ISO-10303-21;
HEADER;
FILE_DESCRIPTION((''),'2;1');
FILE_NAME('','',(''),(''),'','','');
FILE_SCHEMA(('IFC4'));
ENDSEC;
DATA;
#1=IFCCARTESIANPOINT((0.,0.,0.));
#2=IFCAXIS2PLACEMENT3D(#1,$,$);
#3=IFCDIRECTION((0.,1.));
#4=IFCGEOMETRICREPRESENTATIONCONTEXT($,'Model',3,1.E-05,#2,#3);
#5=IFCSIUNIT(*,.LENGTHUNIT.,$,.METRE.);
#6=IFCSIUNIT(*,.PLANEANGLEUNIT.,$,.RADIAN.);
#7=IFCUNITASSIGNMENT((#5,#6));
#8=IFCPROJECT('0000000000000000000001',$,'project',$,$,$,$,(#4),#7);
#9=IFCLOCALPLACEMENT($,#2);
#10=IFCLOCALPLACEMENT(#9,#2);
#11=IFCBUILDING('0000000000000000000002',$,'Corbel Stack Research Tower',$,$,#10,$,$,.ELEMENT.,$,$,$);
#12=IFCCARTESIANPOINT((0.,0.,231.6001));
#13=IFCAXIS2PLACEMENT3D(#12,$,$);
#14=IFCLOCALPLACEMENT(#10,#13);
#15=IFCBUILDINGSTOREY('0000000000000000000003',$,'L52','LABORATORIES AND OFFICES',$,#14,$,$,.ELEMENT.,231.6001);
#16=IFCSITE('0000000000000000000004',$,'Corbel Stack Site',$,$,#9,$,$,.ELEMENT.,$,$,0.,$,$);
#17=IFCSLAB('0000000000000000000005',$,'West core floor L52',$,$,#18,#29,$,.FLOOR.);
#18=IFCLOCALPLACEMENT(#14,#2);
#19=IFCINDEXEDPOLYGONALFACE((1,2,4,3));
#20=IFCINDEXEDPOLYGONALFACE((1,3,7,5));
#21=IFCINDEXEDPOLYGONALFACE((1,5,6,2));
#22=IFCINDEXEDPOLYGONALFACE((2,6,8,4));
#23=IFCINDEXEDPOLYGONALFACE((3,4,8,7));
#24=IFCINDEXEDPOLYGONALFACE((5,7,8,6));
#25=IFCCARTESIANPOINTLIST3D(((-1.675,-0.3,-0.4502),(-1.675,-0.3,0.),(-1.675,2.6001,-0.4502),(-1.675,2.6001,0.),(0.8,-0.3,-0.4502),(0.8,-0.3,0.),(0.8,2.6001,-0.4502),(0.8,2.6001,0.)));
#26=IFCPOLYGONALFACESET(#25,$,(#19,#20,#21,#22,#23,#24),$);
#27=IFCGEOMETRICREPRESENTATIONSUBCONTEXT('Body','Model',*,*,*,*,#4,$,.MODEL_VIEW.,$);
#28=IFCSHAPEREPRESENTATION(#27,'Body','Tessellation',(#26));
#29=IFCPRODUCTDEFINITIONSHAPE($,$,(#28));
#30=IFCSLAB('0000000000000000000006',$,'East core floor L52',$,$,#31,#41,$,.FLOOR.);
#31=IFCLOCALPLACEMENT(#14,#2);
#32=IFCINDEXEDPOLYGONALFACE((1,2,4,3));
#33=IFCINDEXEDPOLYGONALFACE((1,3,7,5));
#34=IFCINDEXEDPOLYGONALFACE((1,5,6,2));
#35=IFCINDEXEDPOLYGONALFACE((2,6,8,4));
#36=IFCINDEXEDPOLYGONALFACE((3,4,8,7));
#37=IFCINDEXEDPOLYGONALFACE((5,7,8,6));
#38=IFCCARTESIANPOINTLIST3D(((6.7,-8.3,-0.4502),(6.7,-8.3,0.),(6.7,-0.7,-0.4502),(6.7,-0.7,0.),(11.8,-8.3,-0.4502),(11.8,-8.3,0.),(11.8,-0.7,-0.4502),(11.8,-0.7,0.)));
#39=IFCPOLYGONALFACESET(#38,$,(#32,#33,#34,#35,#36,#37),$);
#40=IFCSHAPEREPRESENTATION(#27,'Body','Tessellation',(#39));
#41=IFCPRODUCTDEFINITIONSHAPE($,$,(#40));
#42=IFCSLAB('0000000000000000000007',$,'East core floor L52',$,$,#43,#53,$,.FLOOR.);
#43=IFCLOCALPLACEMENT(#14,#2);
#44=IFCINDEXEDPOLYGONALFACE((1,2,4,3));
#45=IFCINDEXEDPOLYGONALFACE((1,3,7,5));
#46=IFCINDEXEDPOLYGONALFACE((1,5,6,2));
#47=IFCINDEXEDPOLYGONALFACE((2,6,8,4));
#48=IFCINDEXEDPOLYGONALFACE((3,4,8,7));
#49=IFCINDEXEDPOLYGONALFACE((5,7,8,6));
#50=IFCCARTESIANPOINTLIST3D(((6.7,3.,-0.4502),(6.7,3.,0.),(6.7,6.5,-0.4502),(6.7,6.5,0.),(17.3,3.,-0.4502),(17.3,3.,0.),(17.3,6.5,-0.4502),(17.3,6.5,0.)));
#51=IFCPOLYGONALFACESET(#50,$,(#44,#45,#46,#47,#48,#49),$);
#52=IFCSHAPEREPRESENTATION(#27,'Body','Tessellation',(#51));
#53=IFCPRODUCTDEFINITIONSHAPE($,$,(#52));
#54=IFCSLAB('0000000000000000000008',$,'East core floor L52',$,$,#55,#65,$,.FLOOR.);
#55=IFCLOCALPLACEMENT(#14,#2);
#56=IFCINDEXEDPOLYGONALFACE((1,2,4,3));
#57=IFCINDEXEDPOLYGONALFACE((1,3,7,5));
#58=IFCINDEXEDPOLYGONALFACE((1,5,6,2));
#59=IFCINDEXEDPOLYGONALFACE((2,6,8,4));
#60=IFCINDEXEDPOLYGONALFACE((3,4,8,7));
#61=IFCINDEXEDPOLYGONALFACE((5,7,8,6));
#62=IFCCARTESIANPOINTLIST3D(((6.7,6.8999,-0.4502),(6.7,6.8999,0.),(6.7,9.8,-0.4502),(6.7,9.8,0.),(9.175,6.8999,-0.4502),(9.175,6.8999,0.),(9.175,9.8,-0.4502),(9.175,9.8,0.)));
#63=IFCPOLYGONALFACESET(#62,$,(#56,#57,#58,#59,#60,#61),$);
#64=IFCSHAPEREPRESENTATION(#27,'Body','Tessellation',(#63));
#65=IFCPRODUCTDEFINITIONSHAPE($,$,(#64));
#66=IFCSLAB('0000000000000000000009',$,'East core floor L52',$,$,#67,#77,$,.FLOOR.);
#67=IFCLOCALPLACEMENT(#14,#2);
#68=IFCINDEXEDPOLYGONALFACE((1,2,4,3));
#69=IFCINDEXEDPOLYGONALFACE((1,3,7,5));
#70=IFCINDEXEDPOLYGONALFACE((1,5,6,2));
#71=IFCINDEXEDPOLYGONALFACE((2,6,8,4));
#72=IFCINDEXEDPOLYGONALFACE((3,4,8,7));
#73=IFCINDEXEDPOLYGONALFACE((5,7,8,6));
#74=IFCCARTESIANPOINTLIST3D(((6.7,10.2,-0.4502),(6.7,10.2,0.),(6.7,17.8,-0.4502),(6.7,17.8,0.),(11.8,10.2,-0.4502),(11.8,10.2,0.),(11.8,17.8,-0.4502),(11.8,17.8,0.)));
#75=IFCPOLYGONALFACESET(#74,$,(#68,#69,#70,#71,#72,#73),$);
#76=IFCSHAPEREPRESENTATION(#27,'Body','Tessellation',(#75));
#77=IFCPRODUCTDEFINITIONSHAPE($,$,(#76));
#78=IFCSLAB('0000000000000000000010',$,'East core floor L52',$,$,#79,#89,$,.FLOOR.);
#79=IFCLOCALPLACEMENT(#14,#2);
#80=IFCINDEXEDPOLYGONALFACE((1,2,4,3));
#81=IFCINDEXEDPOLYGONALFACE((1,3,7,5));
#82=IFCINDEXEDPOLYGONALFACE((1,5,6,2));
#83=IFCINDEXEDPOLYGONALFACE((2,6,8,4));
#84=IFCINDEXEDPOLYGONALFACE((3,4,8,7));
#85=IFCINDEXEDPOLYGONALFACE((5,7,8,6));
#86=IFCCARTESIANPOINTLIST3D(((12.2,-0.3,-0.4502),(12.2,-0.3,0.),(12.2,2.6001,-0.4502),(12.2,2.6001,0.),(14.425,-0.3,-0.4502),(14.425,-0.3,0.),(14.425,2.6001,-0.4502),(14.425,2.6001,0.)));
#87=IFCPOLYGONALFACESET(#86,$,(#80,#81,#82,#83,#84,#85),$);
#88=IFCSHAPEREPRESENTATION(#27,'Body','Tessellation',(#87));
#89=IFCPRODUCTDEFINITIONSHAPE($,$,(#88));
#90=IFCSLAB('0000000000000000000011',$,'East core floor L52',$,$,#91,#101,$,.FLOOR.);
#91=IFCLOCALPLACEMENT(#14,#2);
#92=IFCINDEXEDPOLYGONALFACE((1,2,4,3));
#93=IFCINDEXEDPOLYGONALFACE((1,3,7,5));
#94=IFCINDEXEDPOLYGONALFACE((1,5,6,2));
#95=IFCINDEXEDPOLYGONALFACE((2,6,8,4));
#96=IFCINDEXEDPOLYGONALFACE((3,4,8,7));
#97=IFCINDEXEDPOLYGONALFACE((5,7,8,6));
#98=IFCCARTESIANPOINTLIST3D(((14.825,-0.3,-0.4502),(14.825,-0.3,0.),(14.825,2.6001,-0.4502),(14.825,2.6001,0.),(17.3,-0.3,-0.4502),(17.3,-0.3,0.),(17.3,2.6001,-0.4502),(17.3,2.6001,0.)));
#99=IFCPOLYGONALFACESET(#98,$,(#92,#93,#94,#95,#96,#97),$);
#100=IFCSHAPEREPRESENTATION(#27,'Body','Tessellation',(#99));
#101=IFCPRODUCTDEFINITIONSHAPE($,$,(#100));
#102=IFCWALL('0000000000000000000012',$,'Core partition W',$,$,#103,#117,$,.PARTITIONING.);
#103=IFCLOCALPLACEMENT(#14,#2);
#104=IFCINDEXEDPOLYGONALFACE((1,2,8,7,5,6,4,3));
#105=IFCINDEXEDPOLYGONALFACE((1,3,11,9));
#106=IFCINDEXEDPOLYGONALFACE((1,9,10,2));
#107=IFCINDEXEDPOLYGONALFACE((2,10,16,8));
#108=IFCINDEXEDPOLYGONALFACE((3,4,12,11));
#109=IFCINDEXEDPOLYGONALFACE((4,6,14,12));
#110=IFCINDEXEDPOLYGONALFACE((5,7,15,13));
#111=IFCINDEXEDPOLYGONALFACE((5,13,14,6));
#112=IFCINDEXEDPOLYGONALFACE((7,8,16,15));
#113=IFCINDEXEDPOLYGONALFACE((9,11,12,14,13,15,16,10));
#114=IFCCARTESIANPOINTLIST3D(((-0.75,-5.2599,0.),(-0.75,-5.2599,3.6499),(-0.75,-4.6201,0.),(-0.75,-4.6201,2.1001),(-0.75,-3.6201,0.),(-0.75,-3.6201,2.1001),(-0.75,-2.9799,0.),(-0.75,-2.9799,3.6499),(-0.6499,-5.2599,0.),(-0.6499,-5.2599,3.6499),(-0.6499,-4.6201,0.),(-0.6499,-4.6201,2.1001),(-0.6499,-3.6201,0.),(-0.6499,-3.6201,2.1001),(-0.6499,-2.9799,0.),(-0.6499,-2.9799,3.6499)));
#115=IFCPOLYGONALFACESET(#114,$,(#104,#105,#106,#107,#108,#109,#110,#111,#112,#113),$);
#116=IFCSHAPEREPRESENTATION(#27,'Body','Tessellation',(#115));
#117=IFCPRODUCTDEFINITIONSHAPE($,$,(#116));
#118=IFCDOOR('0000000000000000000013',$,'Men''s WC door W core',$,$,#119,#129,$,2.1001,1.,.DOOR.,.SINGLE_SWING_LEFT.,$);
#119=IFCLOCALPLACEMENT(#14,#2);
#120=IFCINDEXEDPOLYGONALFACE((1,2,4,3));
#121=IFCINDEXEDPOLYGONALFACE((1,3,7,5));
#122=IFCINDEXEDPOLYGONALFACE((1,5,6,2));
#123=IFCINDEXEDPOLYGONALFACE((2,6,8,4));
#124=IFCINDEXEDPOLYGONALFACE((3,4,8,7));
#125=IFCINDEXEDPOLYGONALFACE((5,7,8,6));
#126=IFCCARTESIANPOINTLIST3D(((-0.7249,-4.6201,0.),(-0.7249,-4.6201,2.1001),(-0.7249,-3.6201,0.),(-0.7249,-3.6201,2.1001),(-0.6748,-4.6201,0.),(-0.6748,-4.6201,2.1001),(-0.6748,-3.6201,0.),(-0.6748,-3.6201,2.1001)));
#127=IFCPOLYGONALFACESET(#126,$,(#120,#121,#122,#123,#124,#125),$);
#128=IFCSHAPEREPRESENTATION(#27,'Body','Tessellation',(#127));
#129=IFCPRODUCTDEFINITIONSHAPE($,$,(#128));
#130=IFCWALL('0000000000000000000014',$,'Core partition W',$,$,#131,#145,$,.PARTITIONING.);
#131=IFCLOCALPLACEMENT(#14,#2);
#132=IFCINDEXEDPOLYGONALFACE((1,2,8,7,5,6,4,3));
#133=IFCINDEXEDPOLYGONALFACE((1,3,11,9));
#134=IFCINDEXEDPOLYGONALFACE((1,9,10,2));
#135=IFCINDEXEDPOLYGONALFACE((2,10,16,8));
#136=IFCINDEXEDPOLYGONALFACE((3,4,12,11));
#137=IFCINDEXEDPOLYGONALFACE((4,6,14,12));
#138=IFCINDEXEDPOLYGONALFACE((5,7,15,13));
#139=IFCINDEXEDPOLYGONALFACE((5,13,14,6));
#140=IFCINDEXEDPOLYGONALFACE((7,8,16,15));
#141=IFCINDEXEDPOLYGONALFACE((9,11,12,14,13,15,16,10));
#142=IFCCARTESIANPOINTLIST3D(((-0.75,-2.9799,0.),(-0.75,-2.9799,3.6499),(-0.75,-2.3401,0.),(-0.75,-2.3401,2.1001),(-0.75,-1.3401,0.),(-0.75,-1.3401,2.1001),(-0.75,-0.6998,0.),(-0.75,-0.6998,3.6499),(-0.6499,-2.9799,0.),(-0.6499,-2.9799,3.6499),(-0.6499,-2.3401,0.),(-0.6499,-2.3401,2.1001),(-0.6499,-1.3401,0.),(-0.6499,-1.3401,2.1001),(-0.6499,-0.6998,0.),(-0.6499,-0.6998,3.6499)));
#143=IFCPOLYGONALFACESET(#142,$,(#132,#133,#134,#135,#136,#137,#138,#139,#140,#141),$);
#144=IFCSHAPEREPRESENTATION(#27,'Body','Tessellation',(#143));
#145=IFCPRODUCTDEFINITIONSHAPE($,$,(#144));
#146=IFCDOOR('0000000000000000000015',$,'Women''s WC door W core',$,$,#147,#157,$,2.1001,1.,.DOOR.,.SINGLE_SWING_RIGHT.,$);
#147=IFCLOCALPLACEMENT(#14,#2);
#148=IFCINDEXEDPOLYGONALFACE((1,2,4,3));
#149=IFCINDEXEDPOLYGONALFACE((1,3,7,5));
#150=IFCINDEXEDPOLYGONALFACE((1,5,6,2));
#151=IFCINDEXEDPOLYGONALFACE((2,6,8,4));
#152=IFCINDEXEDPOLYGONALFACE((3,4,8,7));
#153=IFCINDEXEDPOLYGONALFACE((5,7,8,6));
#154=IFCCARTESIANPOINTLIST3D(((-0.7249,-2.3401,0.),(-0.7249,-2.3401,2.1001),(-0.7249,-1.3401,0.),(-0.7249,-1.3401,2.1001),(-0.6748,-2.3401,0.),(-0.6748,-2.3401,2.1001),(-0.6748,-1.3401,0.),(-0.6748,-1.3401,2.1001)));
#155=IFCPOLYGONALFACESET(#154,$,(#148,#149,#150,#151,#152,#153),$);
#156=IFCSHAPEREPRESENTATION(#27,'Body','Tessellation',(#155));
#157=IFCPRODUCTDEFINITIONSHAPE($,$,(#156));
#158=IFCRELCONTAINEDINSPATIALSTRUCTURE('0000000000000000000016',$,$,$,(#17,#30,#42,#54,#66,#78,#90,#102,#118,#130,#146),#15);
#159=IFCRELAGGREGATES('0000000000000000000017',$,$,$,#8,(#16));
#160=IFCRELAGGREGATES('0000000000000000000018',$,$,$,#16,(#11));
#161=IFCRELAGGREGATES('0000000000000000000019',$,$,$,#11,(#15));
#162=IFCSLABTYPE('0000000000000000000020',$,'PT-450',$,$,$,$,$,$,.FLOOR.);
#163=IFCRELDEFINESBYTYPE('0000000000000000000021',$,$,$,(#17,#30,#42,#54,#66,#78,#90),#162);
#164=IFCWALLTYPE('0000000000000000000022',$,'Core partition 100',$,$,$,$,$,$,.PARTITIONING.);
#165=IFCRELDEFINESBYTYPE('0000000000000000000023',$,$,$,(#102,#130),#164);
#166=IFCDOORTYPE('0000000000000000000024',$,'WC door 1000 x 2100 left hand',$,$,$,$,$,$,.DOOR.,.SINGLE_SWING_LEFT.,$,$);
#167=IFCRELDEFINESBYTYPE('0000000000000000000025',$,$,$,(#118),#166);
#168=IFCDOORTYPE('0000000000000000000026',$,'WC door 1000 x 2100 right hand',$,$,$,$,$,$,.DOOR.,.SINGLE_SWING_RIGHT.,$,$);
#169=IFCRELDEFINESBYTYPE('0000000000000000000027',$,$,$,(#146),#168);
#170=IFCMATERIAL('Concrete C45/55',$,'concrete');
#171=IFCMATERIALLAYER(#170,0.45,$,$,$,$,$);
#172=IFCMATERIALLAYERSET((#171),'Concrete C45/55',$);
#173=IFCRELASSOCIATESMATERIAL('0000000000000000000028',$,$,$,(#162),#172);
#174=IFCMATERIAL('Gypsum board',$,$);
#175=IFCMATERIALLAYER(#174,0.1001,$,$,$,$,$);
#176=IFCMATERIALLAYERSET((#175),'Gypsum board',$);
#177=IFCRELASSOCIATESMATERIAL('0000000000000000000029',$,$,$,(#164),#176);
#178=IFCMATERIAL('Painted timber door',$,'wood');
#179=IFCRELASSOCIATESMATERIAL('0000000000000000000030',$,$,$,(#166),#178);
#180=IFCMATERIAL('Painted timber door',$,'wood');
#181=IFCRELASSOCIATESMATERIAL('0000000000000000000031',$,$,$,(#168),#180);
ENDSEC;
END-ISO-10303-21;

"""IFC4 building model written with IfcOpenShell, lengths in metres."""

from ifc_helpers import new_model, si_unit, direction, frame, frame_2d, origin, place, context, subcontext, project, spatial, polyline, rectangle, outline, extrude, material, layer, layer_set, type_object, element, fill, save


model = new_model("IFC4")

# Units and contexts
model_context = context("Model", 3, precision=1e-05, world=origin(), true_north=direction((0.0, 1.0)))
body_context = subcontext(model_context, "Body", "Model", "MODEL_VIEW")
ifc_project = project(units=[si_unit("LENGTHUNIT", "METRE"), si_unit("PLANEANGLEUNIT", "RADIAN")], contexts=[model_context])

# Site, building, storey
site_placement = place(None, origin())
site = spatial("IfcSite", under=ifc_project, at=site_placement, Name="Corbel Stack Site", CompositionType="ELEMENT", RefElevation=0.0)
building_placement = place(site_placement, origin())
building = spatial("IfcBuilding", under=site, at=building_placement, Name="Corbel Stack Research Tower", CompositionType="ELEMENT")
storey_placement = place(building_placement, frame((0.0, 0.0, 231.6001)))
storey = spatial("IfcBuildingStorey", under=building, at=storey_placement, Name="L52", Description="LABORATORIES AND OFFICES", CompositionType="ELEMENT", Elevation=231.6001)

# Slabs
ifc_material_1 = material(Name="Concrete C45/55", Category="concrete")
ifc_layer_1 = layer(ifc_material_1, 0.45)
ifc_layer_set_1 = layer_set([ifc_layer_1], Name="Concrete C45/55")
slab_type_1 = type_object("IfcSlabType", Name="PT-450", PredefinedType="FLOOR", material=ifc_layer_set_1)
slab_1_placement = place(storey_placement, frame((0.0, 0.0, -0.4502)))
element("IfcSlab", 1, at=slab_1_placement, inside=storey, type_object=slab_type_1, Name="West core floor L52", PredefinedType="FLOOR", context=body_context, shape_type="SweptSolid", body=[
    extrude(outline(polyline([(-1.675, 2.6001), (-1.675, -0.3), (0.8, -0.3), (0.8, 2.6001), (-1.675, 2.6001)])), origin(), (0.0, 0.0, 1.0), 0.4502),
])
slab_2_placement = place(storey_placement, frame((0.0, 0.0, -0.4502)))
element("IfcSlab", 2, at=slab_2_placement, inside=storey, type_object=slab_type_1, Name="East core floor L52", PredefinedType="FLOOR", context=body_context, shape_type="SweptSolid", body=[
    extrude(outline(polyline([(6.7, -8.3), (11.8, -8.3), (11.8, -0.7), (6.7, -0.7), (6.7, -8.3)])), origin(), (0.0, 0.0, 1.0), 0.4502),
])
slab_3_placement = place(storey_placement, frame((0.0, 0.0, -0.4502)))
element("IfcSlab", 3, at=slab_3_placement, inside=storey, type_object=slab_type_1, Name="East core floor L52", PredefinedType="FLOOR", context=body_context, shape_type="SweptSolid", body=[
    extrude(outline(polyline([(6.7, 3.0), (17.3, 3.0), (17.3, 6.5), (6.7, 6.5), (6.7, 3.0)])), origin(), (0.0, 0.0, 1.0), 0.4502),
])
slab_4_placement = place(storey_placement, frame((0.0, 0.0, -0.4502)))
element("IfcSlab", 4, at=slab_4_placement, inside=storey, type_object=slab_type_1, Name="East core floor L52", PredefinedType="FLOOR", context=body_context, shape_type="SweptSolid", body=[
    extrude(outline(polyline([(6.7, 6.8999), (9.175, 6.8999), (9.175, 9.8), (6.7, 9.8), (6.7, 6.8999)])), origin(), (0.0, 0.0, 1.0), 0.4502),
])
slab_5_placement = place(storey_placement, frame((0.0, 0.0, -0.4502)))
element("IfcSlab", 5, at=slab_5_placement, inside=storey, type_object=slab_type_1, Name="East core floor L52", PredefinedType="FLOOR", context=body_context, shape_type="SweptSolid", body=[
    extrude(outline(polyline([(6.7, 10.2), (11.8, 10.2), (11.8, 17.8), (6.7, 17.8), (6.7, 10.2)])), origin(), (0.0, 0.0, 1.0), 0.4502),
])
slab_6_placement = place(storey_placement, frame((0.0, 0.0, -0.4502)))
element("IfcSlab", 6, at=slab_6_placement, inside=storey, type_object=slab_type_1, Name="East core floor L52", PredefinedType="FLOOR", context=body_context, shape_type="SweptSolid", body=[
    extrude(outline(polyline([(12.2, 2.6001), (12.2, -0.3), (14.425, -0.3), (14.425, 2.6001), (12.2, 2.6001)])), origin(), (0.0, 0.0, 1.0), 0.4502),
])
slab_7_placement = place(storey_placement, frame((0.0, 0.0, -0.4502)))
element("IfcSlab", 7, at=slab_7_placement, inside=storey, type_object=slab_type_1, Name="East core floor L52", PredefinedType="FLOOR", context=body_context, shape_type="SweptSolid", body=[
    extrude(outline(polyline([(14.825, 2.6001), (14.825, -0.3), (17.3, -0.3), (17.3, 2.6001), (14.825, 2.6001)])), origin(), (0.0, 0.0, 1.0), 0.4502),
])

# Walls, openings, doors
ifc_material_2 = material(Name="Gypsum board")
ifc_layer_2 = layer(ifc_material_2, 0.1001)
ifc_layer_set_2 = layer_set([ifc_layer_2], Name="Gypsum board")
wall_type = type_object("IfcWallType", Name="Core partition 100", PredefinedType="PARTITIONING", material=ifc_layer_set_2)
wall_1_placement = place(storey_placement, frame((-0.7, -5.26, 0.0), z_axis=(0.0, 0.0, 1.0), x_axis=(0.0, 1.0, 0.0)))
wall_1 = element("IfcWall", 8, at=wall_1_placement, inside=storey, type_object=wall_type, Name="Core partition W", PredefinedType="PARTITIONING", context=body_context, shape_type="SweptSolid", body=[
    extrude(rectangle(XDim=2.28, YDim=0.1001, at=frame_2d((1.1401, 0.0))), origin(), (0.0, 0.0, 1.0), 3.6499),
])
opening_1_placement = place(wall_1_placement, frame((0.6399, 0.0, 0.0)))
opening_1 = element("IfcOpeningElement", 9, at=opening_1_placement, cuts=wall_1, PredefinedType="OPENING", context=body_context, shape_type="SweptSolid", body=[
    extrude(rectangle(XDim=1.0, YDim=2.1001, at=frame_2d((0.5, 1.05))), frame((0.0, 0.0601, 0.0), z_axis=(0.0, -1.0, 0.0), x_axis=(1.0, 0.0, 0.0)), (0.0, 0.0, 1.0), 0.1201),
])
ifc_material_3 = material(Name="Painted timber door", Category="wood")
door_type_1 = type_object("IfcDoorType", Name="WC door 1000 x 2100 left hand", OperationType="SINGLE_SWING_LEFT", PredefinedType="DOOR", material=ifc_material_3)
door_1_placement = place(opening_1_placement, origin())
door_1 = element("IfcDoor", 10, at=door_1_placement, inside=storey, type_object=door_type_1, Name="Men's WC door W core", OperationType="SINGLE_SWING_LEFT", OverallHeight=2.1001, OverallWidth=1.0, PredefinedType="DOOR", context=body_context, shape_type="SweptSolid", body=[
    extrude(rectangle(XDim=1.0, YDim=2.1001, at=frame_2d((0.5, 1.05))), frame((0.0, 0.0249, 0.0), z_axis=(0.0, -1.0, 0.0), x_axis=(1.0, 0.0, 0.0)), (0.0, 0.0, 1.0), 0.05),
])
fill(opening_1, door_1)
wall_2_placement = place(storey_placement, frame((-0.7, -2.98, 0.0), z_axis=(0.0, 0.0, 1.0), x_axis=(0.0, 1.0, 0.0)))
wall_2 = element("IfcWall", 11, at=wall_2_placement, inside=storey, type_object=wall_type, Name="Core partition W", PredefinedType="PARTITIONING", context=body_context, shape_type="SweptSolid", body=[
    extrude(rectangle(XDim=2.28, YDim=0.1001, at=frame_2d((1.1401, 0.0))), origin(), (0.0, 0.0, 1.0), 3.6499),
])
opening_2_placement = place(wall_2_placement, frame((0.6399, 0.0, 0.0)))
opening_2 = element("IfcOpeningElement", 12, at=opening_2_placement, cuts=wall_2, PredefinedType="OPENING", context=body_context, shape_type="SweptSolid", body=[
    extrude(rectangle(XDim=1.0, YDim=2.1001, at=frame_2d((0.5, 1.05))), frame((0.0, 0.0601, 0.0), z_axis=(0.0, -1.0, 0.0), x_axis=(1.0, 0.0, 0.0)), (0.0, 0.0, 1.0), 0.1201),
])
ifc_material_4 = material(Name="Painted timber door", Category="wood")
door_type_2 = type_object("IfcDoorType", Name="WC door 1000 x 2100 right hand", OperationType="SINGLE_SWING_RIGHT", PredefinedType="DOOR", material=ifc_material_4)
door_2_placement = place(opening_2_placement, origin())
door_2 = element("IfcDoor", 13, at=door_2_placement, inside=storey, type_object=door_type_2, Name="Women's WC door W core", OperationType="SINGLE_SWING_RIGHT", OverallHeight=2.1001, OverallWidth=1.0, PredefinedType="DOOR", context=body_context, shape_type="SweptSolid", body=[
    extrude(rectangle(XDim=1.0, YDim=2.1001, at=frame_2d((0.5, 1.05))), frame((0.0, 0.0249, 0.0), z_axis=(0.0, -1.0, 0.0), x_axis=(1.0, 0.0, 0.0)), (0.0, 0.0, 1.0), 0.05),
])
fill(opening_2, door_2)

save(model, "model.ifc")
